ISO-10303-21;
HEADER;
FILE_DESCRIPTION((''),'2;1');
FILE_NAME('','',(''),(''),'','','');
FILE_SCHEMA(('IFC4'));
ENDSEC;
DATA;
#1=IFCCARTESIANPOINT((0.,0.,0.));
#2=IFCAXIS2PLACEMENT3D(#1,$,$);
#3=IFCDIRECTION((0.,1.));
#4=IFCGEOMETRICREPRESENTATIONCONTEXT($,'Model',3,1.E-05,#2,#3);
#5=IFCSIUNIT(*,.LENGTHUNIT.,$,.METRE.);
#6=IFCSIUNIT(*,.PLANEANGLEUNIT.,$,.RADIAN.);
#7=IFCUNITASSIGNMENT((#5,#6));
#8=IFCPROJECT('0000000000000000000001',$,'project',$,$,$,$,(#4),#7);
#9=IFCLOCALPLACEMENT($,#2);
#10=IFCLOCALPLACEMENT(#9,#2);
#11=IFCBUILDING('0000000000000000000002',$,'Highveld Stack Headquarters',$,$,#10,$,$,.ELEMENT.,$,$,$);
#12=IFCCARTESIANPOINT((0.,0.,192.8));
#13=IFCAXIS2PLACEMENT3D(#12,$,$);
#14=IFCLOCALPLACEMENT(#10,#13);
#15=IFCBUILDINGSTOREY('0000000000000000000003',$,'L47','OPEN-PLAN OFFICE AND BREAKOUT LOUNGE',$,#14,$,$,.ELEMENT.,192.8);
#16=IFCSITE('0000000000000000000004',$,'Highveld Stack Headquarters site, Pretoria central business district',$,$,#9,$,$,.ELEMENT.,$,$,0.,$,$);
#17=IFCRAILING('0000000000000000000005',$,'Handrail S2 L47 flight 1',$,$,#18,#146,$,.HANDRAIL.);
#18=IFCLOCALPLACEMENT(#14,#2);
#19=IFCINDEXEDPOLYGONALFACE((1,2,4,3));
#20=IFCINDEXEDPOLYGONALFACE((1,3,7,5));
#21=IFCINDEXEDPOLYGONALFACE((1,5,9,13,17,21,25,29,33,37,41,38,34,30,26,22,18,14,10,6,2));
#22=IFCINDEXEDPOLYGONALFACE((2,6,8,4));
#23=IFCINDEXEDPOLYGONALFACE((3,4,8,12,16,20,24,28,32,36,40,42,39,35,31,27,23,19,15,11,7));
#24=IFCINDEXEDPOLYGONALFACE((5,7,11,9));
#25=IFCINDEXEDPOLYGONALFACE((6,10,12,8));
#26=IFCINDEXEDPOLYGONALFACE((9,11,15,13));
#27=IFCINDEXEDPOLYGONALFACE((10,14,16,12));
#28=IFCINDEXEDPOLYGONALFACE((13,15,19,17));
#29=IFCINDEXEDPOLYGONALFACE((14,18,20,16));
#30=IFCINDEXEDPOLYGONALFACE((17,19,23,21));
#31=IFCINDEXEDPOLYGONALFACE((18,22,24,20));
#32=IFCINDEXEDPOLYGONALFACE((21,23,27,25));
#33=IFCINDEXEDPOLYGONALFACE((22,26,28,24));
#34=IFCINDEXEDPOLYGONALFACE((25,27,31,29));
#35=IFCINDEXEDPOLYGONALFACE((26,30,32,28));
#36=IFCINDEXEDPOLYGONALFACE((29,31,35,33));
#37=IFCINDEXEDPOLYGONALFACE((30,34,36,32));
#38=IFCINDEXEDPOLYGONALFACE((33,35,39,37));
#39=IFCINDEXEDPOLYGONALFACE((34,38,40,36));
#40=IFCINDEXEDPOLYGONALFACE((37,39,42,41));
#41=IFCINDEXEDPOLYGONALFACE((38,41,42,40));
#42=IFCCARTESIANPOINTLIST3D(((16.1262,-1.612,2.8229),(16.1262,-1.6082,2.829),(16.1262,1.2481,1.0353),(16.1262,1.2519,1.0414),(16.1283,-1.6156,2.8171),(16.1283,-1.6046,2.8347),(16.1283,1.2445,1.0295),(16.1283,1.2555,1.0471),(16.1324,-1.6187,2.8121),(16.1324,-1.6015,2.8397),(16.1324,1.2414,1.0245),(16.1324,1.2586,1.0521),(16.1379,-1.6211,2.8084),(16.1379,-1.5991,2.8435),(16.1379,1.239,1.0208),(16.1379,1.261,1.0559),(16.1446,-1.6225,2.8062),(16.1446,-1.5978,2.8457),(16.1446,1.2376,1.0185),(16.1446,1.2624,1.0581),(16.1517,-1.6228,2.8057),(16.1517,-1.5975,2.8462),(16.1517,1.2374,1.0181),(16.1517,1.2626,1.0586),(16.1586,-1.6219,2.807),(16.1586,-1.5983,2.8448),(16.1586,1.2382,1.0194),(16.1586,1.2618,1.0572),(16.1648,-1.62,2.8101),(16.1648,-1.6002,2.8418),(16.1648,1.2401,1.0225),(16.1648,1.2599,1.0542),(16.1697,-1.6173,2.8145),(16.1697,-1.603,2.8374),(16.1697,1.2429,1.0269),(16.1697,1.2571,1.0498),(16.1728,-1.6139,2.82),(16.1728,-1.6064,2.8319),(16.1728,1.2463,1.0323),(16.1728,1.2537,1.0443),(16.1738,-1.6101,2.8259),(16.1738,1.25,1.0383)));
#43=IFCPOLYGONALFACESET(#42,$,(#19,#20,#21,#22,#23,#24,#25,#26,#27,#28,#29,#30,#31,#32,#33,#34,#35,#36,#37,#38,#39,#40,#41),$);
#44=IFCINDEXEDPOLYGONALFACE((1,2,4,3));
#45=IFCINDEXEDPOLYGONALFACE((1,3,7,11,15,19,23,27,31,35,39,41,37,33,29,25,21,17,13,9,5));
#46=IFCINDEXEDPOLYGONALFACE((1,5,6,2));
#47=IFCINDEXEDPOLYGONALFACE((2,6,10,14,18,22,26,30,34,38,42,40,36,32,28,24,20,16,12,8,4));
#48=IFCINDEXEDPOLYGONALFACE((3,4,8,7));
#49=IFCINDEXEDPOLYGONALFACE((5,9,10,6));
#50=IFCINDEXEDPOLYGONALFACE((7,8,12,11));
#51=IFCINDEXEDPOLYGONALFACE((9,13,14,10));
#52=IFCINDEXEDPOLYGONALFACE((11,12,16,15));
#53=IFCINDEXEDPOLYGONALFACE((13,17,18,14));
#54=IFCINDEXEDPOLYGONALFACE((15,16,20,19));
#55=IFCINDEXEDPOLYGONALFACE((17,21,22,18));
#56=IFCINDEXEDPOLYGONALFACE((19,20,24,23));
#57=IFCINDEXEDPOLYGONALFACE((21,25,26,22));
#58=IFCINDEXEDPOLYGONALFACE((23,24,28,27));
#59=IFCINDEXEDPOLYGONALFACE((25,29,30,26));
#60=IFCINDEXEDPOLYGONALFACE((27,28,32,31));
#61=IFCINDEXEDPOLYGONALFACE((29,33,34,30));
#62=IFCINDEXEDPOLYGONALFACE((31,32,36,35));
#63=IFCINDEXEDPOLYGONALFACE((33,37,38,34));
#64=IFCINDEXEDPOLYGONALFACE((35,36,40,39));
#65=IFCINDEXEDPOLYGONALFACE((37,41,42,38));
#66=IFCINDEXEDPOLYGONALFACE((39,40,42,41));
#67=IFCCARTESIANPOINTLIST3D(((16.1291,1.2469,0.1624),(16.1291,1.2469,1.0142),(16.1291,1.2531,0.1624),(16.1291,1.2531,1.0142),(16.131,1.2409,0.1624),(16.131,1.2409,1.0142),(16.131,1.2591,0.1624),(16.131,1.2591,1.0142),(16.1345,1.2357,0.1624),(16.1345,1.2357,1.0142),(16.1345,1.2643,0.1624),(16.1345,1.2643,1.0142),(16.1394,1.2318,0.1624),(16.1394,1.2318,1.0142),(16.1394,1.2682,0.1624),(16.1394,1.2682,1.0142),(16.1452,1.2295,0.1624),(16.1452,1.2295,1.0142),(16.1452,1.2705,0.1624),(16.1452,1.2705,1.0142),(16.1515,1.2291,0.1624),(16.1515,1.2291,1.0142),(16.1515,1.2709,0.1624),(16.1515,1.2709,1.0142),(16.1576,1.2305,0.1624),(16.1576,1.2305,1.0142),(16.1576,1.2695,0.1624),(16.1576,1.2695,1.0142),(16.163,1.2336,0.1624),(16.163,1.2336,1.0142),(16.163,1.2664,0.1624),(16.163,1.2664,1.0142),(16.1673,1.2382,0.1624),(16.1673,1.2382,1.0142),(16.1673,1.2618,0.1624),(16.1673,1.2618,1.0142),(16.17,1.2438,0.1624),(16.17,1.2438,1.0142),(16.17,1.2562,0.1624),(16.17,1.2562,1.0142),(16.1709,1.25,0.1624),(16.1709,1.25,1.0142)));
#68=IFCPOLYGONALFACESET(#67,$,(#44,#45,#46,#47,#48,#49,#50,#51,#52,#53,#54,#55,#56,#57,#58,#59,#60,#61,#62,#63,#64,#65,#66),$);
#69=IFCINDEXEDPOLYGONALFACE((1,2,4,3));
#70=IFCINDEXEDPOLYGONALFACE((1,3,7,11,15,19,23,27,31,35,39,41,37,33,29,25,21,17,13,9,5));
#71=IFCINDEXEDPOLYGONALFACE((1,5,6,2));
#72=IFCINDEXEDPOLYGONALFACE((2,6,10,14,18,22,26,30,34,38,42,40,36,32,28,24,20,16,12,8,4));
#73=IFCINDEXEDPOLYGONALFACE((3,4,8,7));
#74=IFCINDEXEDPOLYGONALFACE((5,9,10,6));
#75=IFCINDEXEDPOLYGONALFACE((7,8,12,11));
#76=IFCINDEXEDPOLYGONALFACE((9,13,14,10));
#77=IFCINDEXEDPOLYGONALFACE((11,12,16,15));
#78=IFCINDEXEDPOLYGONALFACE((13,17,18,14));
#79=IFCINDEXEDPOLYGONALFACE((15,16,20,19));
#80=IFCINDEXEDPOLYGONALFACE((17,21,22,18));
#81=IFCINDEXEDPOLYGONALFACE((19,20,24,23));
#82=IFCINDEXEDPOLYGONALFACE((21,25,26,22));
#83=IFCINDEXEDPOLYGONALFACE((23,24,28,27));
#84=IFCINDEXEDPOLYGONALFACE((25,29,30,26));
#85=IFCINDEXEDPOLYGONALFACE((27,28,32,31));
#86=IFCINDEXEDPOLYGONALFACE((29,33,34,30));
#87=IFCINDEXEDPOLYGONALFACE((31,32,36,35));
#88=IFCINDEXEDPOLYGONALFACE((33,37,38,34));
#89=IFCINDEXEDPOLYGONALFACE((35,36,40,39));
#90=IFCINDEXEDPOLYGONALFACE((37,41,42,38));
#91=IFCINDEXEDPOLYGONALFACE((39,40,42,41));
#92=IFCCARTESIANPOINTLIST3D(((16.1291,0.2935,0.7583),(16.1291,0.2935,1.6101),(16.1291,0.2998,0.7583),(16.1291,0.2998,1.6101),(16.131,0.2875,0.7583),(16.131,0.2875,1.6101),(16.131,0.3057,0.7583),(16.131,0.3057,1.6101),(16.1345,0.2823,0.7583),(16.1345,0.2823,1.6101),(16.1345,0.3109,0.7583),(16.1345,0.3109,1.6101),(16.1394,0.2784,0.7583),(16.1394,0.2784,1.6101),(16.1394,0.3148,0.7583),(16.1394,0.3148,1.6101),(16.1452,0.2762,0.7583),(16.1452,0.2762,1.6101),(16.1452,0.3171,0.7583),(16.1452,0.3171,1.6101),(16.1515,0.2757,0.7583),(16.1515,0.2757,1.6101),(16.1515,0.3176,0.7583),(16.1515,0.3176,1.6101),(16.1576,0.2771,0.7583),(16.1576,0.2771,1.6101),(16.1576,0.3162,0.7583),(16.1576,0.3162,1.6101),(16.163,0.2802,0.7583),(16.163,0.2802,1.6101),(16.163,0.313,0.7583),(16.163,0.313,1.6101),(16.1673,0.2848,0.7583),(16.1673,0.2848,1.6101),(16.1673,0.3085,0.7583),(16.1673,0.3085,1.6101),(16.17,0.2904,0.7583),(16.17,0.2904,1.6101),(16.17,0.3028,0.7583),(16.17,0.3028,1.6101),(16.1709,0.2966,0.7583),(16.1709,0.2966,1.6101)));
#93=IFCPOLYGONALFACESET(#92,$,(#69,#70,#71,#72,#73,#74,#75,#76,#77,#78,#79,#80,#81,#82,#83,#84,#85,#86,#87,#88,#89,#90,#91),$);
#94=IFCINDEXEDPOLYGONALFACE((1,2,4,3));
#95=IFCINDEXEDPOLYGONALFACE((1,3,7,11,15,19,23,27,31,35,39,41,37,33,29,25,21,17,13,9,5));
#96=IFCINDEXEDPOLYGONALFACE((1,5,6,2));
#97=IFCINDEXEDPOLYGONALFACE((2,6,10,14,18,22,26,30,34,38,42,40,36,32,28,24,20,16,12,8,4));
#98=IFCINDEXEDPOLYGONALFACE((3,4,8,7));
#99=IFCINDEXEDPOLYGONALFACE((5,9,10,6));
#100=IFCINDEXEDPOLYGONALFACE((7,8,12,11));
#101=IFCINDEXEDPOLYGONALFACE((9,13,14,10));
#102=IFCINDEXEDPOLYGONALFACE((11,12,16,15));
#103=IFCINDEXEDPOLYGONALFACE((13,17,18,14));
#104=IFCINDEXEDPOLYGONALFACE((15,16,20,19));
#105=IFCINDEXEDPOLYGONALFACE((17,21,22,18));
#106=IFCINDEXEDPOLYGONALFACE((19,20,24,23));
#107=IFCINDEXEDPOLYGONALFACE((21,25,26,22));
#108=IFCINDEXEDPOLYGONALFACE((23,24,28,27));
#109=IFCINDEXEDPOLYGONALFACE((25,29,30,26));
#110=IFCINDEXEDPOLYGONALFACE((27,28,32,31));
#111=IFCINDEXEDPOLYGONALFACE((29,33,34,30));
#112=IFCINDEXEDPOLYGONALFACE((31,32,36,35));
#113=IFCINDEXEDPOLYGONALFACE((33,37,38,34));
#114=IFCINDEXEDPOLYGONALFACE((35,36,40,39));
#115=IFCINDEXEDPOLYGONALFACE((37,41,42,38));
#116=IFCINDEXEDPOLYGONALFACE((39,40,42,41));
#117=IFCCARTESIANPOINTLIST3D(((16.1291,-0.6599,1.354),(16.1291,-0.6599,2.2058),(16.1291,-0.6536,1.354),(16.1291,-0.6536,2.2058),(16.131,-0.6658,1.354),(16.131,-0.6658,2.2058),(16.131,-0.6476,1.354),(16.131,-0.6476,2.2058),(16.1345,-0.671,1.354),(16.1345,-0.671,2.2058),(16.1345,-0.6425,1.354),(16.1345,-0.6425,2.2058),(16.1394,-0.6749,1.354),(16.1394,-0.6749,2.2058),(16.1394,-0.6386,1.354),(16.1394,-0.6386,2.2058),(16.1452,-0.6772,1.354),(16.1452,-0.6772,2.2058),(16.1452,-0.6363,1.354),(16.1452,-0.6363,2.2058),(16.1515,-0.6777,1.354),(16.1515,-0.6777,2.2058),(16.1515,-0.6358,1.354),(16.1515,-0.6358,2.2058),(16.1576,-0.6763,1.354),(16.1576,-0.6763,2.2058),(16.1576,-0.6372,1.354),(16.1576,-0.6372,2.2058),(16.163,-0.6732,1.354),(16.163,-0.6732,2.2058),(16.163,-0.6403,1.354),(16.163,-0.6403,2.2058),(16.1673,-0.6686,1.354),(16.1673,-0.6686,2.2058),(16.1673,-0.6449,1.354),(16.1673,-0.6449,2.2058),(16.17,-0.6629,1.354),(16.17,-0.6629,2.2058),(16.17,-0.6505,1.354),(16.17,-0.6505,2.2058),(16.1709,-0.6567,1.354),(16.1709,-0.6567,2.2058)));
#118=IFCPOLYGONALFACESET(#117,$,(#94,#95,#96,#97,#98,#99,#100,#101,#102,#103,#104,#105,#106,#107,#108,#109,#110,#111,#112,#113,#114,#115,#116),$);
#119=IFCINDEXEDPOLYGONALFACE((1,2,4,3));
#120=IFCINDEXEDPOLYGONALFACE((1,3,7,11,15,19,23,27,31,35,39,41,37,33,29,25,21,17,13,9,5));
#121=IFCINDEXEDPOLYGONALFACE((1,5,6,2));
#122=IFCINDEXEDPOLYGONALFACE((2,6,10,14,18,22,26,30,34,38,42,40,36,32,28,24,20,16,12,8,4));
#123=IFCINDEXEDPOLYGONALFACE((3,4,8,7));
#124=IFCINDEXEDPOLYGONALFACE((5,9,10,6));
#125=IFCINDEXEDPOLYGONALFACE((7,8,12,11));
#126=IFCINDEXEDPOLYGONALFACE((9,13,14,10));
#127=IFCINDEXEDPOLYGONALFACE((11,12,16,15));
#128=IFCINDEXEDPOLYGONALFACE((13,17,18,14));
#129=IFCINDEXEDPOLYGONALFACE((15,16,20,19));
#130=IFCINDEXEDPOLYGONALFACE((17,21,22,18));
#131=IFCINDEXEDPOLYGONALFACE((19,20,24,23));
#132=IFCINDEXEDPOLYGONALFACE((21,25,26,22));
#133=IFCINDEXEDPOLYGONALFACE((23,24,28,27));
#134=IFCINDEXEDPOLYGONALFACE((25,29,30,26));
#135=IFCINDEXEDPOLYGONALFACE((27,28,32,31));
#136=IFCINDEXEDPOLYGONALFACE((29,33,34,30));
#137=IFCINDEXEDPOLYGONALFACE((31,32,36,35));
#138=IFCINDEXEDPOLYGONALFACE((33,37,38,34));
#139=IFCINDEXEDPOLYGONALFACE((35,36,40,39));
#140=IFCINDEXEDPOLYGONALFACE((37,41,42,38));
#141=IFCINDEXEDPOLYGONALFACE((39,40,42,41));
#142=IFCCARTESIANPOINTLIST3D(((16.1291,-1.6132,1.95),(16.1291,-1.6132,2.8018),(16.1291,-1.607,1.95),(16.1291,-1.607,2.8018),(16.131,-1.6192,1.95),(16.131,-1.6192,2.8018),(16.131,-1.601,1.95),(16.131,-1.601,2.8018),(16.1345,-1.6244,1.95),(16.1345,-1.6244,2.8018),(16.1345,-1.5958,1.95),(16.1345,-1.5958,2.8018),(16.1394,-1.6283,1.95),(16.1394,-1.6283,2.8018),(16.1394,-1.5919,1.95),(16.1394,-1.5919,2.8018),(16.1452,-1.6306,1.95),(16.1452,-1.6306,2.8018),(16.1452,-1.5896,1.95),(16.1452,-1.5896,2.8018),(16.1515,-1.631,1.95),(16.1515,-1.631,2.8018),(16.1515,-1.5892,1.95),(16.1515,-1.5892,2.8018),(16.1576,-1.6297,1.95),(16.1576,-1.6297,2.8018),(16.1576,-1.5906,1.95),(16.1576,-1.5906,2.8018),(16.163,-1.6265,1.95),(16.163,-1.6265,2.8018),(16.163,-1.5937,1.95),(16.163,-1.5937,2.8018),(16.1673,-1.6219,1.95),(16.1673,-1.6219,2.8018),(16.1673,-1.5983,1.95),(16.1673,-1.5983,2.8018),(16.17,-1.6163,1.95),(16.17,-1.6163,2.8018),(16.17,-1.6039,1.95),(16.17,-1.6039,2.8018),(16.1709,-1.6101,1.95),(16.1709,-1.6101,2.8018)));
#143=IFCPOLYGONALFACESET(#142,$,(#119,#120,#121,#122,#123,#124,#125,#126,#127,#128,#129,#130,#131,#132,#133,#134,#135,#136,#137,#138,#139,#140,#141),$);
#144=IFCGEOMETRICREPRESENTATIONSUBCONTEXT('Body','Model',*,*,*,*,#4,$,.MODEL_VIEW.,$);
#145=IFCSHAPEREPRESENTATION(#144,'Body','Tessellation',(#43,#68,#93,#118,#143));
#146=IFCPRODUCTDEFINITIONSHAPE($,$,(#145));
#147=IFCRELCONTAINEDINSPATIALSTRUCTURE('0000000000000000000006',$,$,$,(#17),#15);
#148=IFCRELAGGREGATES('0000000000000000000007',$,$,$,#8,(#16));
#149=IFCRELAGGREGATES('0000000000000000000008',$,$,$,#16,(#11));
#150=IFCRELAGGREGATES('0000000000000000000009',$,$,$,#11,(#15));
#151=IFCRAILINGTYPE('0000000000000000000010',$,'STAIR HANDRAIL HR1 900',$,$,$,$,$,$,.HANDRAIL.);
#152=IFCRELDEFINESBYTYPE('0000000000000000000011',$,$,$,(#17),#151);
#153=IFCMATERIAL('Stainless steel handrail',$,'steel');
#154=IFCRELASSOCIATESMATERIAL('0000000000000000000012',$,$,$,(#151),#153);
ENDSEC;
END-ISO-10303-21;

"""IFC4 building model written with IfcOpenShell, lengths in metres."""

from ifc_helpers import new_model, si_unit, direction, frame, origin, origin_2d, place, context, subcontext, project, spatial, circle, extrude, material, type_object, element, save


model = new_model("IFC4")

# Units and contexts
model_context = context("Model", 3, precision=1e-05, world=origin(), true_north=direction((0.0, 1.0)))
body_context = subcontext(model_context, "Body", "Model", "MODEL_VIEW")
ifc_project = project(units=[si_unit("LENGTHUNIT", "METRE"), si_unit("PLANEANGLEUNIT", "RADIAN")], contexts=[model_context])

# Site, building, storey
site_placement = place(None, origin())
site = spatial("IfcSite", under=ifc_project, at=site_placement, Name="Highveld Stack Headquarters site, Pretoria central business district", CompositionType="ELEMENT", RefElevation=0.0)
building_placement = place(site_placement, origin())
building = spatial("IfcBuilding", under=site, at=building_placement, Name="Highveld Stack Headquarters", CompositionType="ELEMENT")
storey_placement = place(building_placement, frame((0.0, 0.0, 192.8)))
storey = spatial("IfcBuildingStorey", under=building, at=storey_placement, Name="L47", Description="OPEN-PLAN OFFICE AND BREAKOUT LOUNGE", CompositionType="ELEMENT", Elevation=192.8)

# Railing
ifc_material_1 = material(Name="Stainless steel handrail", Category="steel")
railing_type = type_object("IfcRailingType", Name="STAIR HANDRAIL HR1 900", PredefinedType="HANDRAIL", material=ifc_material_1)
for number, where, name in (
    (1, (16.1499, 1.25, 0.1624), "Handrail S2 L47 flight 1"),
):
    element("IfcRailing", number, at=place(storey_placement, frame(where)), inside=storey, type_object=railing_type, Name=name, PredefinedType="HANDRAIL", context=body_context, shape_type="SweptSolid", body=[
        extrude(circle(Radius=0.0239, at=origin_2d()), frame((0.0, 0.0, 0.876), z_axis=(0.0, -0.847994, 0.530005), x_axis=(1.0, 0.0, 0.0)), (0.0, 0.0, 1.0), 3.3728),
        extrude(circle(Radius=0.021, at=origin_2d()), origin(), (0.0, 0.0, 1.0), 0.8518),
        extrude(circle(Radius=0.021, at=origin_2d()), frame((0.0, -0.9534, 0.5959)), (0.0, 0.0, 1.0), 0.8518),
        extrude(circle(Radius=0.021, at=origin_2d()), frame((0.0, -1.9067, 1.1917)), (0.0, 0.0, 1.0), 0.8518),
        extrude(circle(Radius=0.021, at=origin_2d()), frame((0.0, -2.8601, 1.7876)), (0.0, 0.0, 1.0), 0.8518),
    ])

save(model, "model.ifc")
